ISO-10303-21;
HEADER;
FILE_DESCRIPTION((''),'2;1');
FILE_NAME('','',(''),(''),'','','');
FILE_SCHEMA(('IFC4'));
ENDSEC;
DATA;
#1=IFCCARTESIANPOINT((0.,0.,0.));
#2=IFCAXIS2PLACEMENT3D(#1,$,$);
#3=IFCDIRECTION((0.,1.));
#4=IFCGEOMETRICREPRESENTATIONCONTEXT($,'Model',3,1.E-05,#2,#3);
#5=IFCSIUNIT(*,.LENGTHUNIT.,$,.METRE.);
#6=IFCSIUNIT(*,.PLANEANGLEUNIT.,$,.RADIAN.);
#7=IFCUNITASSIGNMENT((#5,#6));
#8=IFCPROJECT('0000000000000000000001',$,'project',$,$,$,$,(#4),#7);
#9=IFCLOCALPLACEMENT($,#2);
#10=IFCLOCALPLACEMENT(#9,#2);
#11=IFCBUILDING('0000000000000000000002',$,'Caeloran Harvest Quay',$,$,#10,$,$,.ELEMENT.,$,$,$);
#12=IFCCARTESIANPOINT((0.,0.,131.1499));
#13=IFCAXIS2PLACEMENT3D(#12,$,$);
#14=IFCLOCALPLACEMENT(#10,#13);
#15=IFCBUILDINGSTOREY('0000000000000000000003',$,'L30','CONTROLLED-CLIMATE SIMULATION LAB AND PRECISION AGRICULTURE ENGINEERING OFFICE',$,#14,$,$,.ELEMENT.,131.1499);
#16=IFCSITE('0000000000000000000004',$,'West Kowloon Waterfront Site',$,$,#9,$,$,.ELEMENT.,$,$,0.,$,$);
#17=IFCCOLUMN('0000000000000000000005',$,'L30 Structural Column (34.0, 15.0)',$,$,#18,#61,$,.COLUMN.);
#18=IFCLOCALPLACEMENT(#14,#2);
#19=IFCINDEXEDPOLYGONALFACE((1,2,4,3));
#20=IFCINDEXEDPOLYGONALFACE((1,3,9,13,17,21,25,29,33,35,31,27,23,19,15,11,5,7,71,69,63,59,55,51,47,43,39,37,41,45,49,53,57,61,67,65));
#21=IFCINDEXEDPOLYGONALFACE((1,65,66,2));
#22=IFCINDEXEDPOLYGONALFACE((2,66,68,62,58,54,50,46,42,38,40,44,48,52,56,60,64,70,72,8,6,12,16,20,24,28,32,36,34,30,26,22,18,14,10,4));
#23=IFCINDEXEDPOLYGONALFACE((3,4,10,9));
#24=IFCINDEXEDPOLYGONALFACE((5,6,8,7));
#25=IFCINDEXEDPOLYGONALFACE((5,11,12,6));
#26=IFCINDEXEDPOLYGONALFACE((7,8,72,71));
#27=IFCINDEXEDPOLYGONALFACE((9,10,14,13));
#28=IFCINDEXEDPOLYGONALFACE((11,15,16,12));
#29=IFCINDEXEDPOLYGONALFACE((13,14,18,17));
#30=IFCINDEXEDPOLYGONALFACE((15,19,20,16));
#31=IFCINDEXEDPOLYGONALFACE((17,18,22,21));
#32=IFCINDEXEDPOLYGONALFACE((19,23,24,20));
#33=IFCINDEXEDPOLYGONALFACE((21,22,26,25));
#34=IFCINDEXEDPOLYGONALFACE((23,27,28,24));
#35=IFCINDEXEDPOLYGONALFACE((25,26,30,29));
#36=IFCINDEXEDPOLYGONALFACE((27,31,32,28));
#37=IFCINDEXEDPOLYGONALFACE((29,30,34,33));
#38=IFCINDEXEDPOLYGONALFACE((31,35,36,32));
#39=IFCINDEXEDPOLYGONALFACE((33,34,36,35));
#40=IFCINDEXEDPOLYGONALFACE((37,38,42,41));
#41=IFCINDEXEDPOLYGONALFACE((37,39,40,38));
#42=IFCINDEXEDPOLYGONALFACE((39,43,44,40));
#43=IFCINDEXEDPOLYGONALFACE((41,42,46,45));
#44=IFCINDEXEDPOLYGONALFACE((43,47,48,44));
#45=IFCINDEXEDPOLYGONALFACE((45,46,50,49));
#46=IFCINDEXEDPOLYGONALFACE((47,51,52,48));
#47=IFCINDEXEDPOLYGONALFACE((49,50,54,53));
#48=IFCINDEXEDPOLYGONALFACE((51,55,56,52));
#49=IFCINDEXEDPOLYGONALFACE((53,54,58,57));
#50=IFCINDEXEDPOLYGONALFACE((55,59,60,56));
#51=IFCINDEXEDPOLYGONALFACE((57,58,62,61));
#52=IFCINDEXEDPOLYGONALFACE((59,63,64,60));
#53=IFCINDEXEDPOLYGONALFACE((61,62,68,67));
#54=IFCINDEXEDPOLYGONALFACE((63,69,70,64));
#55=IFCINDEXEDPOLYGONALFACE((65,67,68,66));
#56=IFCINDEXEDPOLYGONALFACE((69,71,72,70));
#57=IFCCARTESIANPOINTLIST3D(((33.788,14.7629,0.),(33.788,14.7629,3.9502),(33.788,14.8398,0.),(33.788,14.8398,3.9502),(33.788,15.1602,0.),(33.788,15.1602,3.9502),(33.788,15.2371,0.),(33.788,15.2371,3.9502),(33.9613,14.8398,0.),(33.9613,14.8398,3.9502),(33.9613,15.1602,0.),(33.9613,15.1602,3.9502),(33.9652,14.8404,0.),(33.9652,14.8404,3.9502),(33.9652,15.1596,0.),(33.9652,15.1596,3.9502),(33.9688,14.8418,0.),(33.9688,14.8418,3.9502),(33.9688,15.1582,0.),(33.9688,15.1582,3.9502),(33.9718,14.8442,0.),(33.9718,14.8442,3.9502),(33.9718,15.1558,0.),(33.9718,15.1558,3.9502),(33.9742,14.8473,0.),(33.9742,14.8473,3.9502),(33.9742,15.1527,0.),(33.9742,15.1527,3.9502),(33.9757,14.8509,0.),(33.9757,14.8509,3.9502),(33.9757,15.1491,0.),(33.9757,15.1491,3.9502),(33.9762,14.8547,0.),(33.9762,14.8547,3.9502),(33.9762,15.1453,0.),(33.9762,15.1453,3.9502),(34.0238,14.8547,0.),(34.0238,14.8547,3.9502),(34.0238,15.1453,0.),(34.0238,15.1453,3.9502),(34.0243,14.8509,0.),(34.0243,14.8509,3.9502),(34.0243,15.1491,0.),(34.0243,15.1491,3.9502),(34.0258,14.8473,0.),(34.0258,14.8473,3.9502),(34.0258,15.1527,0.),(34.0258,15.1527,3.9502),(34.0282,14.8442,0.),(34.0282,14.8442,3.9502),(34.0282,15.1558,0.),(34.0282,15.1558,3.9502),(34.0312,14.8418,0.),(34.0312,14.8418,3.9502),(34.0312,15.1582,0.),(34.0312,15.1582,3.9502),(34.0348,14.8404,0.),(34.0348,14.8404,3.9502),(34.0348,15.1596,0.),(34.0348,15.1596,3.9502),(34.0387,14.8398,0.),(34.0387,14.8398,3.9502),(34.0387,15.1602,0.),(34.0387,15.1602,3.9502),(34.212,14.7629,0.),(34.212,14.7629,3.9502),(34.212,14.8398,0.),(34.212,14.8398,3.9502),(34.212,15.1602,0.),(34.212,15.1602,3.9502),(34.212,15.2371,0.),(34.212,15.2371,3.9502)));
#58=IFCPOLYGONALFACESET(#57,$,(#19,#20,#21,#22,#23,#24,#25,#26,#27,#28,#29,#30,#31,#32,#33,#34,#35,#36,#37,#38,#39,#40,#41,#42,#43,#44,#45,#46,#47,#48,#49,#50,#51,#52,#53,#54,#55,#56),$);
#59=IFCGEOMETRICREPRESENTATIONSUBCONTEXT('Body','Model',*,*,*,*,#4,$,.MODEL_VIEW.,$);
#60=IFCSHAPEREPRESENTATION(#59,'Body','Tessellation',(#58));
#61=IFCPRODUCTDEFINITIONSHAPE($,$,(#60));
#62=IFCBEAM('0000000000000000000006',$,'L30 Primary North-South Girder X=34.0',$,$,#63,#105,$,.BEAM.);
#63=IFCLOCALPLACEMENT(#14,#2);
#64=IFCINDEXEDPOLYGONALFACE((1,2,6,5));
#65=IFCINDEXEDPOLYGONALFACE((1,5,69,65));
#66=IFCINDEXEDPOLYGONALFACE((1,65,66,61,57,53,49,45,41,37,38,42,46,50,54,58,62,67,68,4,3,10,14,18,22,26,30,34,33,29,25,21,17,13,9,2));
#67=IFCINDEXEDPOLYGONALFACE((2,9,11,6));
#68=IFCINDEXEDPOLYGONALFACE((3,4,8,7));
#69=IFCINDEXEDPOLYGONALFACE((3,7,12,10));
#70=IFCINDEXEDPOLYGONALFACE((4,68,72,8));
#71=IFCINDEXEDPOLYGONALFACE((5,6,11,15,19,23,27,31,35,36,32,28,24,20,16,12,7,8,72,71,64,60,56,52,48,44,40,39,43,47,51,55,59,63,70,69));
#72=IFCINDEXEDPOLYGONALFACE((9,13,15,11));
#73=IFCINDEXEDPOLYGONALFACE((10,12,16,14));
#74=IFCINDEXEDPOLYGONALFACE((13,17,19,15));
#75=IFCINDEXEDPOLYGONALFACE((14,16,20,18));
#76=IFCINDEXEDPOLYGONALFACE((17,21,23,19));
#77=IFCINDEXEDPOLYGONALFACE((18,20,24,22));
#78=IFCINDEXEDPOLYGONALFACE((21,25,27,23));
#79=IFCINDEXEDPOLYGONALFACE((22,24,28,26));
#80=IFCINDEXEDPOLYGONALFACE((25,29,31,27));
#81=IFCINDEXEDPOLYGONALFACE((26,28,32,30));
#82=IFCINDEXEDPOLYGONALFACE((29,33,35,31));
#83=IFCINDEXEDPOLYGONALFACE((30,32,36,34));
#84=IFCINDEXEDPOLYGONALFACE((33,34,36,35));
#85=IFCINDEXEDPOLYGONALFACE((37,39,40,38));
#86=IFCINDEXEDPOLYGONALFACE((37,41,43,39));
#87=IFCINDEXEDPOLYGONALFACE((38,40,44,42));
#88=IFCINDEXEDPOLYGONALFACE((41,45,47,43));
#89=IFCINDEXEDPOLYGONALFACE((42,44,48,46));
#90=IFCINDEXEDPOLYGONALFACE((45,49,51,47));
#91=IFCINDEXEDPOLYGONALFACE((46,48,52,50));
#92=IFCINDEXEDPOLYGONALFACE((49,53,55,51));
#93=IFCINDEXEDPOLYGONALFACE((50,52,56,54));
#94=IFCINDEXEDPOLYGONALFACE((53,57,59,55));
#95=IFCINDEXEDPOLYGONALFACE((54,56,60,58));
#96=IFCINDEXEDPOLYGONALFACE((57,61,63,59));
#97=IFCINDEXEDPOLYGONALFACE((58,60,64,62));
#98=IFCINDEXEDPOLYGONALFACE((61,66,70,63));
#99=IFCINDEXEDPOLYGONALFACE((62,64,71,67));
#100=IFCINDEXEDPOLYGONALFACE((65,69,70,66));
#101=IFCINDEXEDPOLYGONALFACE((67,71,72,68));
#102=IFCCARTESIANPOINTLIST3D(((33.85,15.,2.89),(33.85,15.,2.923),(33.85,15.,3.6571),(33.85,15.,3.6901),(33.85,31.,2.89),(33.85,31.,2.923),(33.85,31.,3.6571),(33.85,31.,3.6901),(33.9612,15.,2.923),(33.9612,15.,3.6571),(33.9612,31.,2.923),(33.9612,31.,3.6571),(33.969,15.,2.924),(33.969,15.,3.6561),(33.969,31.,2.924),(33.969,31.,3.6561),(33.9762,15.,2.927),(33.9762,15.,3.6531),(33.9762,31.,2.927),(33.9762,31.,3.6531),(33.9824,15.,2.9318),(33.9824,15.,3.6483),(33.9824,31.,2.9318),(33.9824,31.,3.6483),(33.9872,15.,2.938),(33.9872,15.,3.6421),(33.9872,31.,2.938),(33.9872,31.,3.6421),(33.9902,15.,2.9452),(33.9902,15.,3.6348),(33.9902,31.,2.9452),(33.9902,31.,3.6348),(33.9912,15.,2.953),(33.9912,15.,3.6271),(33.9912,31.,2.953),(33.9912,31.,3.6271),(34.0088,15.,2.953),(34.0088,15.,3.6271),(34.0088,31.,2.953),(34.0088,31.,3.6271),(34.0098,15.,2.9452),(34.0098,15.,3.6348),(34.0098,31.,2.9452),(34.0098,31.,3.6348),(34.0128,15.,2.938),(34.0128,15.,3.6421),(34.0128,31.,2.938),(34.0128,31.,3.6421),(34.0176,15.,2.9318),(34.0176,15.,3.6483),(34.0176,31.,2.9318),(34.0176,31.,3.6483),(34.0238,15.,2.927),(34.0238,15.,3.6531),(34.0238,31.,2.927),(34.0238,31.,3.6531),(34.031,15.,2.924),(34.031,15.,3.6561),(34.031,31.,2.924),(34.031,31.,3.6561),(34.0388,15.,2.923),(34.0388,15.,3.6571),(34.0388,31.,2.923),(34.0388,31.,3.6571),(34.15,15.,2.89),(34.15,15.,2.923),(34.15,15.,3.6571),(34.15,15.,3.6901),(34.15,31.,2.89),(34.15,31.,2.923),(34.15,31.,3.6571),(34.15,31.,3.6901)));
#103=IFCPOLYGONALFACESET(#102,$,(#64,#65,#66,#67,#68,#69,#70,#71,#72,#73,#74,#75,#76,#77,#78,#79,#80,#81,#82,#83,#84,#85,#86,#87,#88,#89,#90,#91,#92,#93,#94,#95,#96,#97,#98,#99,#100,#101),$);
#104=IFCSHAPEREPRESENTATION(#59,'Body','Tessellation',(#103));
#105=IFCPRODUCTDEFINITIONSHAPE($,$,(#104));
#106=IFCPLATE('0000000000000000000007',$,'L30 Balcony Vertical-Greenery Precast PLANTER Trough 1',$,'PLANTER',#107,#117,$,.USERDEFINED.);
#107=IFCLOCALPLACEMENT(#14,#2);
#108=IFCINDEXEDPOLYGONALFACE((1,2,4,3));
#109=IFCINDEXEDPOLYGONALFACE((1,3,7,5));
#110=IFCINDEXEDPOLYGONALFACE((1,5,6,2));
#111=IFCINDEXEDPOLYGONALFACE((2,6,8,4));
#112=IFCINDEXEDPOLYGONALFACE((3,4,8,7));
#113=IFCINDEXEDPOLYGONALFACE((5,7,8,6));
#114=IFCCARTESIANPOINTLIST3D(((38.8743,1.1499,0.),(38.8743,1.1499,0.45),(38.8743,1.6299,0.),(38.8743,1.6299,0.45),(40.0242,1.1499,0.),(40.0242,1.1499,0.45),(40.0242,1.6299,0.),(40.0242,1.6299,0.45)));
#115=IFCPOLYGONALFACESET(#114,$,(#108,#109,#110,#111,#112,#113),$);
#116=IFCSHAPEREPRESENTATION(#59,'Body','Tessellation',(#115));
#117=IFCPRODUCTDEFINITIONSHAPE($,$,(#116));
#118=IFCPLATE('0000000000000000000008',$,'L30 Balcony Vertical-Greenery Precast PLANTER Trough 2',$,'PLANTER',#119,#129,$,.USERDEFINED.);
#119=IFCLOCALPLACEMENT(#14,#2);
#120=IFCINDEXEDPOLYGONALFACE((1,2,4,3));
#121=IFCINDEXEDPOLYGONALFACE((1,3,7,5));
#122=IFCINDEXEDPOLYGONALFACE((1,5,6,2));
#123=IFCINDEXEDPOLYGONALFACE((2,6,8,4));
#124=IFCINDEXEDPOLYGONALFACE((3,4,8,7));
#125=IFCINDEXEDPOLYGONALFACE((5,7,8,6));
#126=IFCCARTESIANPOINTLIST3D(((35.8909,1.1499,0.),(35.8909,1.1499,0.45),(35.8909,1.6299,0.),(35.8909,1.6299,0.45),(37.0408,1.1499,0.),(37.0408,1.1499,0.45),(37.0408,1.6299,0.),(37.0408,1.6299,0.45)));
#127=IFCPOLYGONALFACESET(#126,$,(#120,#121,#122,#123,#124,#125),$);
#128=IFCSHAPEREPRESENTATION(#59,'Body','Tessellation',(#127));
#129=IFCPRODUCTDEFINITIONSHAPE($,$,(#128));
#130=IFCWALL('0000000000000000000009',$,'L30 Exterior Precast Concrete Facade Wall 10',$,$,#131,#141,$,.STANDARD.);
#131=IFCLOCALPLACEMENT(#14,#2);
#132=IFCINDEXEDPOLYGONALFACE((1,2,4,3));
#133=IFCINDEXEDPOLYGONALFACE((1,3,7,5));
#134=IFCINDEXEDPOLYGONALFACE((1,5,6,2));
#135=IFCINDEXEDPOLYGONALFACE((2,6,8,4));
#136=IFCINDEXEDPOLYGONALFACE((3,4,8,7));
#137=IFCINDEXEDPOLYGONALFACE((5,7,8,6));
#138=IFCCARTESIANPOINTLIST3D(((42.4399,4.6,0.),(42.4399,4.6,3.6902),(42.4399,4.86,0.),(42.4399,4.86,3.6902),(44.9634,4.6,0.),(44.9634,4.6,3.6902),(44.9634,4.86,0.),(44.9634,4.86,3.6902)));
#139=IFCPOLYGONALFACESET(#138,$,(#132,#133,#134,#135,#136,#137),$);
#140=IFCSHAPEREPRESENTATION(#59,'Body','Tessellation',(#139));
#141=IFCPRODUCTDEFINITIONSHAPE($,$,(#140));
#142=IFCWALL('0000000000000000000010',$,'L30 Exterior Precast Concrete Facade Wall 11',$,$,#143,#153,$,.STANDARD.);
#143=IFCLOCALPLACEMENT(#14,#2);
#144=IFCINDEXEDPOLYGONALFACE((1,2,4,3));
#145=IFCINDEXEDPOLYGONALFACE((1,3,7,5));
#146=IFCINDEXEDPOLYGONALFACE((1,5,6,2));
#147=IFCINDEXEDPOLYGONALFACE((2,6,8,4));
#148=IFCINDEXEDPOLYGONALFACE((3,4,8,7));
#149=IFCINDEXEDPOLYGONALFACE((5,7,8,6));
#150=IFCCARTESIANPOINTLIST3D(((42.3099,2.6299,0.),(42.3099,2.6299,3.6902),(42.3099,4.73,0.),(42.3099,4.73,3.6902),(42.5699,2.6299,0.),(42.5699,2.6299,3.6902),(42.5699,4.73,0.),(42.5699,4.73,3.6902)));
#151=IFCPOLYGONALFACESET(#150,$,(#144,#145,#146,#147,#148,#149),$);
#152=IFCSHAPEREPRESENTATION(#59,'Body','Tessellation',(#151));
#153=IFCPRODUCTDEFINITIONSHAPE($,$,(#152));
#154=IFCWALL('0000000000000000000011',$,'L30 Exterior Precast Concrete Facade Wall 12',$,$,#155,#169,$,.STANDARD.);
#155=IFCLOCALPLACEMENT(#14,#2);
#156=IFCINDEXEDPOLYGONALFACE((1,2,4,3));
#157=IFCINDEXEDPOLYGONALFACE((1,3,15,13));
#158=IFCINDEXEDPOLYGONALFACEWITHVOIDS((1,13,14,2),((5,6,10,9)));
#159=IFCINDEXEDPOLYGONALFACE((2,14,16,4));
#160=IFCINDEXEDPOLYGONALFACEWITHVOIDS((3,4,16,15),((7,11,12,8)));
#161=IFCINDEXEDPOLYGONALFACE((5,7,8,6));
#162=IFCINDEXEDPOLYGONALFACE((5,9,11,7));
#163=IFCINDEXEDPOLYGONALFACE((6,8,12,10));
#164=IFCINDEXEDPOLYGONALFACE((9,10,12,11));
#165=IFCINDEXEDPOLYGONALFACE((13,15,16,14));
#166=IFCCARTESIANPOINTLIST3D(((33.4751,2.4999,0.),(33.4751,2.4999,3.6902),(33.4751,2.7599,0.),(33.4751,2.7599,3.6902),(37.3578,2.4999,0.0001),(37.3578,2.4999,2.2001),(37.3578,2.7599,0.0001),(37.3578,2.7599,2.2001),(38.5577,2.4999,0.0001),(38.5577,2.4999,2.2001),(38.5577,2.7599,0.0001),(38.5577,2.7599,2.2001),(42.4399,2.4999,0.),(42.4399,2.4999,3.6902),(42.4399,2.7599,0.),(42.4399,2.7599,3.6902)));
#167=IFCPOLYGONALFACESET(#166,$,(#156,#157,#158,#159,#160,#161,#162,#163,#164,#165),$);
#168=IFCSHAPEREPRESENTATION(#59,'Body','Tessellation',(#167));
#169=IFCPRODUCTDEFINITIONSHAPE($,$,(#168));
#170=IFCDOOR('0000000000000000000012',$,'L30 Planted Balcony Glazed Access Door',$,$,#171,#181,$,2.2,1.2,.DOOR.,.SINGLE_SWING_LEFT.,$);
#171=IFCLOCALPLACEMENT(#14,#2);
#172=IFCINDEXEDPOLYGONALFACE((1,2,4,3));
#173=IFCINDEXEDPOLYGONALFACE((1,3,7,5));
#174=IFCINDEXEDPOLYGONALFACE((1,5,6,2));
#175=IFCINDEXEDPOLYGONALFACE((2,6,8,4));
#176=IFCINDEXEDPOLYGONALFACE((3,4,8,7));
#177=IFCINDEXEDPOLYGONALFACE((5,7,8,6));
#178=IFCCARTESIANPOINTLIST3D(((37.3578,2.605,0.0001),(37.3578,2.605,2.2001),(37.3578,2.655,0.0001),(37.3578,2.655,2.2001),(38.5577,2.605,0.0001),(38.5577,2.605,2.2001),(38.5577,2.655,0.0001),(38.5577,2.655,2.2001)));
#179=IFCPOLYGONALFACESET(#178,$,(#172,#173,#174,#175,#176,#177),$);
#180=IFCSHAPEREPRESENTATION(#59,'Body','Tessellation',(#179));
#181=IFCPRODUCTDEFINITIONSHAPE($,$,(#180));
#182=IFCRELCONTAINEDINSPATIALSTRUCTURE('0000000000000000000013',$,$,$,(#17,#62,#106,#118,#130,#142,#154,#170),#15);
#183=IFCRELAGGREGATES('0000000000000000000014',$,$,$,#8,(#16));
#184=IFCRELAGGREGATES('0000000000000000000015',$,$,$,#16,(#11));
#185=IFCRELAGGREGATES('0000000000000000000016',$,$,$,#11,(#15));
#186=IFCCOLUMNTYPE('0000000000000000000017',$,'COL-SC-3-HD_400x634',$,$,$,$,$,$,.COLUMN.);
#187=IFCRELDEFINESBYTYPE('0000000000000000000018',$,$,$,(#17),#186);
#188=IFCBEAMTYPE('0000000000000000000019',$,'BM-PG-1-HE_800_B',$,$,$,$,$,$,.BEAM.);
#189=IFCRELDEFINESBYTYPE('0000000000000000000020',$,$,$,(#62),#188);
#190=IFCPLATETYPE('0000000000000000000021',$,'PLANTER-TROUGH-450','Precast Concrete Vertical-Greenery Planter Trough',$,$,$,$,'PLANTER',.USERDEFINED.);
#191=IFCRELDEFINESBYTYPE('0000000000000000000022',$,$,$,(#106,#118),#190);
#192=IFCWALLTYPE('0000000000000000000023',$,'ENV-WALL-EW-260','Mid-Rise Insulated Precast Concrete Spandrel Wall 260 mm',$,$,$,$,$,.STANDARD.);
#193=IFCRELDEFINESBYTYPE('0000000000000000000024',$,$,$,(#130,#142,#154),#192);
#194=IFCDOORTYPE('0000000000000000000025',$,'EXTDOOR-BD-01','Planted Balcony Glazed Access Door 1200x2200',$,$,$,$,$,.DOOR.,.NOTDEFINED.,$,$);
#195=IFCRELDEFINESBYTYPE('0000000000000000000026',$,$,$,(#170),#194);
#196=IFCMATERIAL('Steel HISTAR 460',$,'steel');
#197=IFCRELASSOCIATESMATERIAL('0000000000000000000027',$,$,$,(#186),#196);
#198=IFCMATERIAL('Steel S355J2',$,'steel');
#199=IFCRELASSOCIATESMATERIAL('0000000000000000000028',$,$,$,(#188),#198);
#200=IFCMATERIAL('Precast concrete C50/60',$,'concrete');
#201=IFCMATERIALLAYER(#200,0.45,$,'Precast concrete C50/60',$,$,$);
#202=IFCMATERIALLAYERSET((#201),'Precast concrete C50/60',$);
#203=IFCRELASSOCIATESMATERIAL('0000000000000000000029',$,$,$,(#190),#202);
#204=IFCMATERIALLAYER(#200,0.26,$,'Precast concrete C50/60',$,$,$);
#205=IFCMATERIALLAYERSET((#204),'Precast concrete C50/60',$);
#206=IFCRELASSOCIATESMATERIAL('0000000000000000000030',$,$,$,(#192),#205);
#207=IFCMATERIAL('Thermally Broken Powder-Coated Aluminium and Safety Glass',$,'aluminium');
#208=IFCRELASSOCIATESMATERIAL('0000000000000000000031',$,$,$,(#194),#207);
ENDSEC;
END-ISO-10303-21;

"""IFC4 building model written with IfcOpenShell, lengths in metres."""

from ifc_helpers import new_model, si_unit, direction, frame, frame_2d, origin, origin_2d, place, context, subcontext, project, spatial, rectangle, i_section, extrude, material, layer, layer_set, material_profile, profile_set, type_object, element, fill, save


model = new_model("IFC4")

# Units and contexts
model_context = context("Model", 3, precision=1e-05, world=origin(), true_north=direction((0.0, 1.0)))
body_context = subcontext(model_context, "Body", "Model", "MODEL_VIEW")
ifc_project = project(units=[si_unit("LENGTHUNIT", "METRE"), si_unit("PLANEANGLEUNIT", "RADIAN")], contexts=[model_context])

# Site, building, storey
site_placement = place(None, origin())
site = spatial("IfcSite", under=ifc_project, at=site_placement, Name="West Kowloon Waterfront Site", CompositionType="ELEMENT", RefElevation=0.0)
building_placement = place(site_placement, origin())
building = spatial("IfcBuilding", under=site, at=building_placement, Name="Caeloran Harvest Quay", CompositionType="ELEMENT")
storey_placement = place(building_placement, frame((0.0, 0.0, 131.1499)))
storey = spatial("IfcBuildingStorey", under=building, at=storey_placement, Name="L30", Description="CONTROLLED-CLIMATE SIMULATION LAB AND PRECISION AGRICULTURE ENGINEERING OFFICE", CompositionType="ELEMENT", Elevation=131.1499)

# Column
ifc_material_1 = material(Name="Steel HISTAR 460", Category="steel")
ifc_material_profile_1 = material_profile(ifc_material_1, i_section(OverallWidth=0.4241, OverallDepth=0.4741, WebThickness=0.0476, FlangeThickness=0.0769, FilletRadius=0.0149, at=origin_2d()), Name="HD 400x634")
ifc_profile_set_1 = profile_set([ifc_material_profile_1], Name="Steel HISTAR 460")
column_type = type_object("IfcColumnType", Name="COL-SC-3-HD_400x634", PredefinedType="COLUMN", material=ifc_profile_set_1)
column_placement = place(storey_placement, frame((34.0, 15.0, 0.0), z_axis=(0.0, 0.0, 1.0), x_axis=(1.0, 0.0, 0.0)))
element("IfcColumn", 1, at=column_placement, inside=storey, type_object=column_type, Name="L30 Structural Column (34.0, 15.0)", PredefinedType="COLUMN", context=body_context, shape_type="SweptSolid", body=[
    extrude(i_section(OverallWidth=0.4241, OverallDepth=0.4741, WebThickness=0.0476, FlangeThickness=0.0769, FilletRadius=0.0149, at=origin_2d()), origin(), (0.0, 0.0, 1.0), 3.9502),
])

# Beam
ifc_material_2 = material(Name="Steel S355J2", Category="steel")
ifc_material_profile_2 = material_profile(ifc_material_2, i_section(OverallWidth=0.3, OverallDepth=0.8, WebThickness=0.0176, FlangeThickness=0.033, FilletRadius=0.03, at=origin_2d()), Name="HE 800 B")
ifc_profile_set_2 = profile_set([ifc_material_profile_2], Name="Steel S355J2")
beam_type = type_object("IfcBeamType", Name="BM-PG-1-HE_800_B", PredefinedType="BEAM", material=ifc_profile_set_2)
beam_placement = place(storey_placement, frame((34.0, 15.0, 3.29), z_axis=(0.0, 1.0, 0.0), x_axis=(-1.0, 0.0, 0.0)))
element("IfcBeam", 2, at=beam_placement, inside=storey, type_object=beam_type, Name="L30 Primary North-South Girder X=34.0", PredefinedType="BEAM", context=body_context, shape_type="SweptSolid", body=[
    extrude(i_section(OverallWidth=0.3, OverallDepth=0.8, WebThickness=0.0176, FlangeThickness=0.033, FilletRadius=0.03, at=origin_2d()), origin(), (0.0, 0.0, 1.0), 16.0),
])

# Plates
ifc_material_3 = material(Name="Precast concrete C50/60", Category="concrete")
ifc_layer_1 = layer(ifc_material_3, 0.45, Name="Precast concrete C50/60")
ifc_layer_set_1 = layer_set([ifc_layer_1], Name="Precast concrete C50/60")
plate_type = type_object("IfcPlateType", Name="PLANTER-TROUGH-450", Description="Precast Concrete Vertical-Greenery Planter Trough", ElementType="PLANTER", PredefinedType="USERDEFINED", material=ifc_layer_set_1)
for number, where, z_axis, x_axis, name in (
    (3, (39.4492, 1.3899, 0.0), (0.0, 0.0, 1.0), (1.0, 0.0, 0.0), "L30 Balcony Vertical-Greenery Precast PLANTER Trough 1"),
    (4, (36.4658, 1.3899, 0.0), (0.0, 0.0, 1.0), (1.0, 0.0, 0.0), "L30 Balcony Vertical-Greenery Precast PLANTER Trough 2"),
):
    element("IfcPlate", number, at=place(storey_placement, frame(where, z_axis=z_axis, x_axis=x_axis)), inside=storey, type_object=plate_type, Name=name, ObjectType="PLANTER", PredefinedType="USERDEFINED", context=body_context, shape_type="SweptSolid", body=[
        extrude(rectangle(XDim=1.1499, YDim=0.48, at=origin_2d()), origin(), (0.0, 0.0, 1.0), 0.45),
    ])

# Walls
ifc_layer_2 = layer(ifc_material_3, 0.26, Name="Precast concrete C50/60")
ifc_layer_set_2 = layer_set([ifc_layer_2], Name="Precast concrete C50/60")
wall_type_1 = type_object("IfcWallType", Name="ENV-WALL-EW-260", Description="Mid-Rise Insulated Precast Concrete Spandrel Wall 260 mm", PredefinedType="STANDARD", material=ifc_layer_set_2)
wall_1_placement = place(storey_placement, frame((44.9634, 4.73, 0.0), z_axis=(0.0, 0.0, 1.0), x_axis=(-1.0, 0.0, 0.0)))
element("IfcWall", 5, at=wall_1_placement, inside=storey, type_object=wall_type_1, Name="L30 Exterior Precast Concrete Facade Wall 10", PredefinedType="STANDARD", context=body_context, shape_type="SweptSolid", body=[
    extrude(rectangle(XDim=2.5234, YDim=0.26, at=frame_2d((1.2617, 0.0))), origin(), (0.0, 0.0, 1.0), 3.6902),
])
wall_2_placement = place(storey_placement, frame((42.4399, 4.73, 0.0), z_axis=(0.0, 0.0, 1.0), x_axis=(0.0, -1.0, 0.0)))
element("IfcWall", 6, at=wall_2_placement, inside=storey, type_object=wall_type_1, Name="L30 Exterior Precast Concrete Facade Wall 11", PredefinedType="STANDARD", context=body_context, shape_type="SweptSolid", body=[
    extrude(rectangle(XDim=2.1001, YDim=0.26, at=frame_2d((1.05, 0.0))), origin(), (0.0, 0.0, 1.0), 3.6902),
])

# Wall, opening, door
wall_3_placement = place(storey_placement, frame((42.4399, 2.6299, 0.0), z_axis=(0.0, 0.0, 1.0), x_axis=(-1.0, 0.0, 0.0)))
wall_3 = element("IfcWall", 7, at=wall_3_placement, inside=storey, type_object=wall_type_1, Name="L30 Exterior Precast Concrete Facade Wall 12", PredefinedType="STANDARD", context=body_context, shape_type="SweptSolid", body=[
    extrude(rectangle(XDim=8.9648, YDim=0.26, at=frame_2d((4.4824, 0.0))), origin(), (0.0, 0.0, 1.0), 3.6902),
])
opening_placement = place(wall_3_placement, frame((3.8821, 0.0, 0.0)))
opening = element("IfcOpeningElement", 8, at=opening_placement, cuts=wall_3, PredefinedType="OPENING", context=body_context, shape_type="SweptSolid", body=[
    extrude(rectangle(XDim=1.2, YDim=2.2, at=frame_2d((0.6001, 1.1001))), frame((0.0, 0.1401, 0.0), z_axis=(0.0, -1.0, 0.0), x_axis=(1.0, 0.0, 0.0)), (0.0, 0.0, 1.0), 0.28),
])
ifc_material_4 = material(Name="Thermally Broken Powder-Coated Aluminium and Safety Glass", Category="aluminium")
door_type = type_object("IfcDoorType", Name="EXTDOOR-BD-01", Description="Planted Balcony Glazed Access Door 1200x2200", OperationType="NOTDEFINED", PredefinedType="DOOR", material=ifc_material_4)
door_placement = place(opening_placement, origin())
door = element("IfcDoor", 9, at=door_placement, inside=storey, type_object=door_type, Name="L30 Planted Balcony Glazed Access Door", OperationType="SINGLE_SWING_LEFT", OverallHeight=2.2, OverallWidth=1.2, PredefinedType="DOOR", context=body_context, shape_type="SweptSolid", body=[
    extrude(rectangle(XDim=1.2, YDim=2.2, at=frame_2d((0.6001, 1.1001))), frame((0.0, 0.0249, 0.0), z_axis=(0.0, -1.0, 0.0), x_axis=(1.0, 0.0, 0.0)), (0.0, 0.0, 1.0), 0.05),
])
fill(opening, door)

save(model, "model.ifc")
